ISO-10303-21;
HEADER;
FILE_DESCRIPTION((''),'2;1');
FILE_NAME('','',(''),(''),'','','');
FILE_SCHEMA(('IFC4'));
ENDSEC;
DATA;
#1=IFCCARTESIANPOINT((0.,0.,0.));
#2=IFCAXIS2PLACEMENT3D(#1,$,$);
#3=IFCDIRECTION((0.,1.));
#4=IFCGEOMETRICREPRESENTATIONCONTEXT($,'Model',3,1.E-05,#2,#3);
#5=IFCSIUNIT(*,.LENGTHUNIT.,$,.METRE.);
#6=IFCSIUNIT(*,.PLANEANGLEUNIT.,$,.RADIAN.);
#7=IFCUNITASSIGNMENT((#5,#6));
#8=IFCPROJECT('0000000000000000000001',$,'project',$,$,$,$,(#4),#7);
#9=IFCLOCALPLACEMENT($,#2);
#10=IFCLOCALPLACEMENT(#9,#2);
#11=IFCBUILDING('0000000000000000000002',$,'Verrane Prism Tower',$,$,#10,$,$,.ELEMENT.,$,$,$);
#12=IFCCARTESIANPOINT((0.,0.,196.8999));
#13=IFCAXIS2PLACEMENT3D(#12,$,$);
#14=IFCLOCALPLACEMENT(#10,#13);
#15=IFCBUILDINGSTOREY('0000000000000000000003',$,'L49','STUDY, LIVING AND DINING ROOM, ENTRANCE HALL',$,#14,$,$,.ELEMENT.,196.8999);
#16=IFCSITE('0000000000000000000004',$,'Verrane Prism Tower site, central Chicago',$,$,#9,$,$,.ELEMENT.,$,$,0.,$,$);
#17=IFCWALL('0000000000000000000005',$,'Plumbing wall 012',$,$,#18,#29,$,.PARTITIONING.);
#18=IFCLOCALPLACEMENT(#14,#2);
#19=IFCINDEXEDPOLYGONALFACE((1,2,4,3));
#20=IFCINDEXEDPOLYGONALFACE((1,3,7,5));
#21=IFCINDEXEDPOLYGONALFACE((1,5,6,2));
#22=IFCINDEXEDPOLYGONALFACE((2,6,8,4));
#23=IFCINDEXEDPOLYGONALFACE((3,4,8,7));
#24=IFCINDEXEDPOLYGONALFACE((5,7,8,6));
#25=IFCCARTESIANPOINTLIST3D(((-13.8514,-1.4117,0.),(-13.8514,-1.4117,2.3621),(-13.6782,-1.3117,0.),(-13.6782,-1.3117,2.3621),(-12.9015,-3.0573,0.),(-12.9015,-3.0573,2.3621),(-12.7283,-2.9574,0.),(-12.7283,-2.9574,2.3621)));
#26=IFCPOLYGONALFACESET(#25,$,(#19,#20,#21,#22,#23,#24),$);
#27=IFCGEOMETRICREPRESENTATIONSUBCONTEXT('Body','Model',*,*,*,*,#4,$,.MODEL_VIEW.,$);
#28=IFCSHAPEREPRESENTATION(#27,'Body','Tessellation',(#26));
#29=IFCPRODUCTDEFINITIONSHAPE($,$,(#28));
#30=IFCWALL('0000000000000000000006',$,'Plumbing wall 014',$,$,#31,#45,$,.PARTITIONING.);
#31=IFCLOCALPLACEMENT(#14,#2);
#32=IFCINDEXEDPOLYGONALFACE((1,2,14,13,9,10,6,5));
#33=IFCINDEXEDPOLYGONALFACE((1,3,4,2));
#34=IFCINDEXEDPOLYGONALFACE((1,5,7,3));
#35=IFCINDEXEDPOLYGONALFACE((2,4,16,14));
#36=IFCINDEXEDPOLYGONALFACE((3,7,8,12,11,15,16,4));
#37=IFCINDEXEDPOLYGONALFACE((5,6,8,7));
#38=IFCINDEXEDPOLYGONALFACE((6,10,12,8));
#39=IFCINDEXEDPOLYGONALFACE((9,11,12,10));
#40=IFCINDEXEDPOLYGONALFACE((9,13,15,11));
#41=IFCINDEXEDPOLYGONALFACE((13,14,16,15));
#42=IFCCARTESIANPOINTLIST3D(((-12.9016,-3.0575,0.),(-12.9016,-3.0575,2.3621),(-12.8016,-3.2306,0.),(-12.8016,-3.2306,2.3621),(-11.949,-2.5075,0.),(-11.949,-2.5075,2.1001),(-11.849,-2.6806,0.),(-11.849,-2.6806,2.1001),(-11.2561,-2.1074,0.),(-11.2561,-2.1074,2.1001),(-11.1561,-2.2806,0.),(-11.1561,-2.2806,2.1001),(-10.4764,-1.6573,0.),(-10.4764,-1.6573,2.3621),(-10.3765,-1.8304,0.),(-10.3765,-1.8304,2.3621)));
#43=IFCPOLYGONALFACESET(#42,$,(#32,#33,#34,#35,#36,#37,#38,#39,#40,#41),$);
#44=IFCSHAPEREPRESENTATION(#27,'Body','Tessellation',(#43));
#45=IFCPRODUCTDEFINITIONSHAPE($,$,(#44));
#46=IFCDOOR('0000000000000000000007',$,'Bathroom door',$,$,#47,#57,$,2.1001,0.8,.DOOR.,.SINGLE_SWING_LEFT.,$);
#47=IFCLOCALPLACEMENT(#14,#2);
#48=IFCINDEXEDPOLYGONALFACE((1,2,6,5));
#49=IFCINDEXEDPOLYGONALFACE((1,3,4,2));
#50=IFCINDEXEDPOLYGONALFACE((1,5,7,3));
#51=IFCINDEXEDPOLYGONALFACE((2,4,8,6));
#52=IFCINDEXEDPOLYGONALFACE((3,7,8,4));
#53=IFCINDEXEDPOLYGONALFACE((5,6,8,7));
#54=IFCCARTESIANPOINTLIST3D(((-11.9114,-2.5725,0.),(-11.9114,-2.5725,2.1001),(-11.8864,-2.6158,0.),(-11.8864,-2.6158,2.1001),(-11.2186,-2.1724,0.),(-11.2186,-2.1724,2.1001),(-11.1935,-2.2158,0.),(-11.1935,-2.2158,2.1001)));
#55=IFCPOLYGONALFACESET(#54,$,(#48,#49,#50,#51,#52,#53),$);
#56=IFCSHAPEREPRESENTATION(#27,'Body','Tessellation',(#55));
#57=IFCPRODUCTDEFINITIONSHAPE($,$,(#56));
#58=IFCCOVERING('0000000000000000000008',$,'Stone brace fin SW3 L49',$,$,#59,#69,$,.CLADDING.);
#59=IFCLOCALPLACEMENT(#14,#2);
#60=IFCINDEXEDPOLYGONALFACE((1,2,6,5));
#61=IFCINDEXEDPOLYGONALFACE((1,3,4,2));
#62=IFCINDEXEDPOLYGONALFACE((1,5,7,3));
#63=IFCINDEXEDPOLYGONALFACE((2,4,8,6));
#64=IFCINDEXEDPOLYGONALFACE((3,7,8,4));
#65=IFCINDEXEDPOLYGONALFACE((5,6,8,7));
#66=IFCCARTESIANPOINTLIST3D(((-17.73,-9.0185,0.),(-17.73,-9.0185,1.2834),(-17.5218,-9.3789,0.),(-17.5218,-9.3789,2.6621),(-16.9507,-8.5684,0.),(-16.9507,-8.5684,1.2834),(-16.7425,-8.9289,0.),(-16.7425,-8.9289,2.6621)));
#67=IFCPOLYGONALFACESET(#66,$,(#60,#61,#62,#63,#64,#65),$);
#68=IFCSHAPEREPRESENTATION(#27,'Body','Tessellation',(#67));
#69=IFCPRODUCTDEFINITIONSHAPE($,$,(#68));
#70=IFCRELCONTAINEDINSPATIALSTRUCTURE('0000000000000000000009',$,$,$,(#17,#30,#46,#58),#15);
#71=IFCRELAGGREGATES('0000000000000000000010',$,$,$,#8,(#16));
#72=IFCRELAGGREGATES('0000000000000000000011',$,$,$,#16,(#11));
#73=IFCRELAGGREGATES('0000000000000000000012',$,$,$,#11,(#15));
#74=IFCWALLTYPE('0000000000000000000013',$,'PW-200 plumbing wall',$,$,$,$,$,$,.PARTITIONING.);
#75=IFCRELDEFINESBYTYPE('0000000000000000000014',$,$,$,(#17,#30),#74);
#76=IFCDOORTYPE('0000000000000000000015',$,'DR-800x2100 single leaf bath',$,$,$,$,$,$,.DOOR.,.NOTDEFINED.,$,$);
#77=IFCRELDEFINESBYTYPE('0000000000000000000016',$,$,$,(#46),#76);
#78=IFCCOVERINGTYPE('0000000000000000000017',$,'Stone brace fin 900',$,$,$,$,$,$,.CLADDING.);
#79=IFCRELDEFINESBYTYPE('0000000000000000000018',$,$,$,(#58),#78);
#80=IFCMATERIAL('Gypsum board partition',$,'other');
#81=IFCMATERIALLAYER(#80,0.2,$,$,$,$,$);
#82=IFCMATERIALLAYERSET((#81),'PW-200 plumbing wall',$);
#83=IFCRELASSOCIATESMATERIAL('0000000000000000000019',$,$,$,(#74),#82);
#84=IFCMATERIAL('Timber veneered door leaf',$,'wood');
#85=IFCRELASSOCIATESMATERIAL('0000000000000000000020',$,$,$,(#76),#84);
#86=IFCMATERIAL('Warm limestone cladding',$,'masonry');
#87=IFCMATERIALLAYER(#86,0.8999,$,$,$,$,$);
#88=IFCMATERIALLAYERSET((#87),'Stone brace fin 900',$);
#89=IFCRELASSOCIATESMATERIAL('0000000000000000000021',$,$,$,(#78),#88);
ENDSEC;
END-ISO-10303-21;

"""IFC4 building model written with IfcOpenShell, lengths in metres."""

from ifc_helpers import new_model, si_unit, direction, frame, frame_2d, origin, place, context, subcontext, project, spatial, polyline, rectangle, outline, extrude, material, layer, layer_set, type_object, element, fill, save


model = new_model("IFC4")

# Units and contexts
model_context = context("Model", 3, precision=1e-05, world=origin(), true_north=direction((0.0, 1.0)))
body_context = subcontext(model_context, "Body", "Model", "MODEL_VIEW")
ifc_project = project(units=[si_unit("LENGTHUNIT", "METRE"), si_unit("PLANEANGLEUNIT", "RADIAN")], contexts=[model_context])

# Site, building, storey
site_placement = place(None, origin())
site = spatial("IfcSite", under=ifc_project, at=site_placement, Name="Verrane Prism Tower site, central Chicago", CompositionType="ELEMENT", RefElevation=0.0)
building_placement = place(site_placement, origin())
building = spatial("IfcBuilding", under=site, at=building_placement, Name="Verrane Prism Tower", CompositionType="ELEMENT")
storey_placement = place(building_placement, frame((0.0, 0.0, 196.8999)))
storey = spatial("IfcBuildingStorey", under=building, at=storey_placement, Name="L49", Description="STUDY, LIVING AND DINING ROOM, ENTRANCE HALL", CompositionType="ELEMENT", Elevation=196.8999)

# Shared definitions
ifc_material_1 = material(Name="Gypsum board partition", Category="other")
ifc_layer_1 = layer(ifc_material_1, 0.2)
ifc_layer_set_1 = layer_set([ifc_layer_1], Name="PW-200 plumbing wall")
wall_type_1 = type_object("IfcWallType", Name="PW-200 plumbing wall", PredefinedType="PARTITIONING", material=ifc_layer_set_1)

# Shared definitions
ifc_material_2 = material(Name="Timber veneered door leaf", Category="wood")
door_type = type_object("IfcDoorType", Name="DR-800x2100 single leaf bath", OperationType="NOTDEFINED", PredefinedType="DOOR", material=ifc_material_2)

# Wall
wall_1_placement = place(storey_placement, frame((-13.7649, -1.3616, 0.0), z_axis=(0.0, 0.0, 1.0), x_axis=(0.499912, -0.866076, 0.0)))
element("IfcWall", 1, at=wall_1_placement, inside=storey, type_object=wall_type_1, Name="Plumbing wall 012", PredefinedType="PARTITIONING", context=body_context, shape_type="SweptSolid", body=[
    extrude(rectangle(XDim=1.9001, YDim=0.2, at=frame_2d((0.9502, 0.0))), origin(), (0.0, 0.0, 1.0), 2.3621),
])

# Wall, opening, door
wall_2_placement = place(storey_placement, frame((-12.8516, -3.144, 0.0), z_axis=(0.0, 0.0, 1.0), x_axis=(0.866019, 0.500012, 0.0)))
wall_2 = element("IfcWall", 2, at=wall_2_placement, inside=storey, type_object=wall_type_1, Name="Plumbing wall 014", PredefinedType="PARTITIONING", context=body_context, shape_type="SweptSolid", body=[
    extrude(rectangle(XDim=2.8003, YDim=0.2, at=frame_2d((1.4001, 0.0))), origin(), (0.0, 0.0, 1.0), 2.3621),
])
opening_1_placement = place(wall_2_placement, frame((1.1001, 0.0, 0.0)))
opening_1 = element("IfcOpeningElement", 3, at=opening_1_placement, cuts=wall_2, PredefinedType="OPENING", context=body_context, shape_type="SweptSolid", body=[
    extrude(rectangle(XDim=0.8, YDim=2.1001, at=frame_2d((0.3999, 1.05))), frame((0.0, 0.1099, 0.0), z_axis=(0.0, -1.0, 0.0), x_axis=(1.0, 0.0, 0.0)), (0.0, 0.0, 1.0), 0.22),
])
door_1_placement = place(opening_1_placement, origin())
door_1 = element("IfcDoor", 4, at=door_1_placement, inside=storey, type_object=door_type, Name="Bathroom door", OperationType="SINGLE_SWING_LEFT", OverallHeight=2.1001, OverallWidth=0.8, PredefinedType="DOOR", context=body_context, shape_type="SweptSolid", body=[
    extrude(rectangle(XDim=0.8, YDim=2.1001, at=frame_2d((0.3999, 1.05))), frame((0.0, 0.0249, 0.0), z_axis=(0.0, -1.0, 0.0), x_axis=(1.0, 0.0, 0.0)), (0.0, 0.0, 1.0), 0.05),
])
fill(opening_1, door_1)

# Covering
ifc_material_3 = material(Name="Warm limestone cladding", Category="masonry")
ifc_layer_2 = layer(ifc_material_3, 0.8999)
ifc_layer_set_2 = layer_set([ifc_layer_2], Name="Stone brace fin 900")
covering_type = type_object("IfcCoveringType", Name="Stone brace fin 900", PredefinedType="CLADDING", material=ifc_layer_set_2)
covering_placement = place(storey_placement, frame((-17.3403, -8.7935, 0.0), z_axis=(0.0, 0.0, 1.0), x_axis=(0.500112, -0.865961, 0.0)))
element("IfcCovering", 5, at=covering_placement, inside=storey, type_object=covering_type, Name="Stone brace fin SW3 L49", PredefinedType="CLADDING", context=body_context, shape_type="SweptSolid", body=[
    extrude(outline(polyline([(0.0, 0.0), (0.4163, 0.0), (0.4163, 2.6621), (0.0, 1.2834), (0.0, 0.0)])), frame((0.0, 0.45, 0.0), z_axis=(0.0, -1.0, 0.0), x_axis=(1.0, 0.0, 0.0)), (0.0, 0.0, 1.0), 0.8999),
])

save(model, "model.ifc")
